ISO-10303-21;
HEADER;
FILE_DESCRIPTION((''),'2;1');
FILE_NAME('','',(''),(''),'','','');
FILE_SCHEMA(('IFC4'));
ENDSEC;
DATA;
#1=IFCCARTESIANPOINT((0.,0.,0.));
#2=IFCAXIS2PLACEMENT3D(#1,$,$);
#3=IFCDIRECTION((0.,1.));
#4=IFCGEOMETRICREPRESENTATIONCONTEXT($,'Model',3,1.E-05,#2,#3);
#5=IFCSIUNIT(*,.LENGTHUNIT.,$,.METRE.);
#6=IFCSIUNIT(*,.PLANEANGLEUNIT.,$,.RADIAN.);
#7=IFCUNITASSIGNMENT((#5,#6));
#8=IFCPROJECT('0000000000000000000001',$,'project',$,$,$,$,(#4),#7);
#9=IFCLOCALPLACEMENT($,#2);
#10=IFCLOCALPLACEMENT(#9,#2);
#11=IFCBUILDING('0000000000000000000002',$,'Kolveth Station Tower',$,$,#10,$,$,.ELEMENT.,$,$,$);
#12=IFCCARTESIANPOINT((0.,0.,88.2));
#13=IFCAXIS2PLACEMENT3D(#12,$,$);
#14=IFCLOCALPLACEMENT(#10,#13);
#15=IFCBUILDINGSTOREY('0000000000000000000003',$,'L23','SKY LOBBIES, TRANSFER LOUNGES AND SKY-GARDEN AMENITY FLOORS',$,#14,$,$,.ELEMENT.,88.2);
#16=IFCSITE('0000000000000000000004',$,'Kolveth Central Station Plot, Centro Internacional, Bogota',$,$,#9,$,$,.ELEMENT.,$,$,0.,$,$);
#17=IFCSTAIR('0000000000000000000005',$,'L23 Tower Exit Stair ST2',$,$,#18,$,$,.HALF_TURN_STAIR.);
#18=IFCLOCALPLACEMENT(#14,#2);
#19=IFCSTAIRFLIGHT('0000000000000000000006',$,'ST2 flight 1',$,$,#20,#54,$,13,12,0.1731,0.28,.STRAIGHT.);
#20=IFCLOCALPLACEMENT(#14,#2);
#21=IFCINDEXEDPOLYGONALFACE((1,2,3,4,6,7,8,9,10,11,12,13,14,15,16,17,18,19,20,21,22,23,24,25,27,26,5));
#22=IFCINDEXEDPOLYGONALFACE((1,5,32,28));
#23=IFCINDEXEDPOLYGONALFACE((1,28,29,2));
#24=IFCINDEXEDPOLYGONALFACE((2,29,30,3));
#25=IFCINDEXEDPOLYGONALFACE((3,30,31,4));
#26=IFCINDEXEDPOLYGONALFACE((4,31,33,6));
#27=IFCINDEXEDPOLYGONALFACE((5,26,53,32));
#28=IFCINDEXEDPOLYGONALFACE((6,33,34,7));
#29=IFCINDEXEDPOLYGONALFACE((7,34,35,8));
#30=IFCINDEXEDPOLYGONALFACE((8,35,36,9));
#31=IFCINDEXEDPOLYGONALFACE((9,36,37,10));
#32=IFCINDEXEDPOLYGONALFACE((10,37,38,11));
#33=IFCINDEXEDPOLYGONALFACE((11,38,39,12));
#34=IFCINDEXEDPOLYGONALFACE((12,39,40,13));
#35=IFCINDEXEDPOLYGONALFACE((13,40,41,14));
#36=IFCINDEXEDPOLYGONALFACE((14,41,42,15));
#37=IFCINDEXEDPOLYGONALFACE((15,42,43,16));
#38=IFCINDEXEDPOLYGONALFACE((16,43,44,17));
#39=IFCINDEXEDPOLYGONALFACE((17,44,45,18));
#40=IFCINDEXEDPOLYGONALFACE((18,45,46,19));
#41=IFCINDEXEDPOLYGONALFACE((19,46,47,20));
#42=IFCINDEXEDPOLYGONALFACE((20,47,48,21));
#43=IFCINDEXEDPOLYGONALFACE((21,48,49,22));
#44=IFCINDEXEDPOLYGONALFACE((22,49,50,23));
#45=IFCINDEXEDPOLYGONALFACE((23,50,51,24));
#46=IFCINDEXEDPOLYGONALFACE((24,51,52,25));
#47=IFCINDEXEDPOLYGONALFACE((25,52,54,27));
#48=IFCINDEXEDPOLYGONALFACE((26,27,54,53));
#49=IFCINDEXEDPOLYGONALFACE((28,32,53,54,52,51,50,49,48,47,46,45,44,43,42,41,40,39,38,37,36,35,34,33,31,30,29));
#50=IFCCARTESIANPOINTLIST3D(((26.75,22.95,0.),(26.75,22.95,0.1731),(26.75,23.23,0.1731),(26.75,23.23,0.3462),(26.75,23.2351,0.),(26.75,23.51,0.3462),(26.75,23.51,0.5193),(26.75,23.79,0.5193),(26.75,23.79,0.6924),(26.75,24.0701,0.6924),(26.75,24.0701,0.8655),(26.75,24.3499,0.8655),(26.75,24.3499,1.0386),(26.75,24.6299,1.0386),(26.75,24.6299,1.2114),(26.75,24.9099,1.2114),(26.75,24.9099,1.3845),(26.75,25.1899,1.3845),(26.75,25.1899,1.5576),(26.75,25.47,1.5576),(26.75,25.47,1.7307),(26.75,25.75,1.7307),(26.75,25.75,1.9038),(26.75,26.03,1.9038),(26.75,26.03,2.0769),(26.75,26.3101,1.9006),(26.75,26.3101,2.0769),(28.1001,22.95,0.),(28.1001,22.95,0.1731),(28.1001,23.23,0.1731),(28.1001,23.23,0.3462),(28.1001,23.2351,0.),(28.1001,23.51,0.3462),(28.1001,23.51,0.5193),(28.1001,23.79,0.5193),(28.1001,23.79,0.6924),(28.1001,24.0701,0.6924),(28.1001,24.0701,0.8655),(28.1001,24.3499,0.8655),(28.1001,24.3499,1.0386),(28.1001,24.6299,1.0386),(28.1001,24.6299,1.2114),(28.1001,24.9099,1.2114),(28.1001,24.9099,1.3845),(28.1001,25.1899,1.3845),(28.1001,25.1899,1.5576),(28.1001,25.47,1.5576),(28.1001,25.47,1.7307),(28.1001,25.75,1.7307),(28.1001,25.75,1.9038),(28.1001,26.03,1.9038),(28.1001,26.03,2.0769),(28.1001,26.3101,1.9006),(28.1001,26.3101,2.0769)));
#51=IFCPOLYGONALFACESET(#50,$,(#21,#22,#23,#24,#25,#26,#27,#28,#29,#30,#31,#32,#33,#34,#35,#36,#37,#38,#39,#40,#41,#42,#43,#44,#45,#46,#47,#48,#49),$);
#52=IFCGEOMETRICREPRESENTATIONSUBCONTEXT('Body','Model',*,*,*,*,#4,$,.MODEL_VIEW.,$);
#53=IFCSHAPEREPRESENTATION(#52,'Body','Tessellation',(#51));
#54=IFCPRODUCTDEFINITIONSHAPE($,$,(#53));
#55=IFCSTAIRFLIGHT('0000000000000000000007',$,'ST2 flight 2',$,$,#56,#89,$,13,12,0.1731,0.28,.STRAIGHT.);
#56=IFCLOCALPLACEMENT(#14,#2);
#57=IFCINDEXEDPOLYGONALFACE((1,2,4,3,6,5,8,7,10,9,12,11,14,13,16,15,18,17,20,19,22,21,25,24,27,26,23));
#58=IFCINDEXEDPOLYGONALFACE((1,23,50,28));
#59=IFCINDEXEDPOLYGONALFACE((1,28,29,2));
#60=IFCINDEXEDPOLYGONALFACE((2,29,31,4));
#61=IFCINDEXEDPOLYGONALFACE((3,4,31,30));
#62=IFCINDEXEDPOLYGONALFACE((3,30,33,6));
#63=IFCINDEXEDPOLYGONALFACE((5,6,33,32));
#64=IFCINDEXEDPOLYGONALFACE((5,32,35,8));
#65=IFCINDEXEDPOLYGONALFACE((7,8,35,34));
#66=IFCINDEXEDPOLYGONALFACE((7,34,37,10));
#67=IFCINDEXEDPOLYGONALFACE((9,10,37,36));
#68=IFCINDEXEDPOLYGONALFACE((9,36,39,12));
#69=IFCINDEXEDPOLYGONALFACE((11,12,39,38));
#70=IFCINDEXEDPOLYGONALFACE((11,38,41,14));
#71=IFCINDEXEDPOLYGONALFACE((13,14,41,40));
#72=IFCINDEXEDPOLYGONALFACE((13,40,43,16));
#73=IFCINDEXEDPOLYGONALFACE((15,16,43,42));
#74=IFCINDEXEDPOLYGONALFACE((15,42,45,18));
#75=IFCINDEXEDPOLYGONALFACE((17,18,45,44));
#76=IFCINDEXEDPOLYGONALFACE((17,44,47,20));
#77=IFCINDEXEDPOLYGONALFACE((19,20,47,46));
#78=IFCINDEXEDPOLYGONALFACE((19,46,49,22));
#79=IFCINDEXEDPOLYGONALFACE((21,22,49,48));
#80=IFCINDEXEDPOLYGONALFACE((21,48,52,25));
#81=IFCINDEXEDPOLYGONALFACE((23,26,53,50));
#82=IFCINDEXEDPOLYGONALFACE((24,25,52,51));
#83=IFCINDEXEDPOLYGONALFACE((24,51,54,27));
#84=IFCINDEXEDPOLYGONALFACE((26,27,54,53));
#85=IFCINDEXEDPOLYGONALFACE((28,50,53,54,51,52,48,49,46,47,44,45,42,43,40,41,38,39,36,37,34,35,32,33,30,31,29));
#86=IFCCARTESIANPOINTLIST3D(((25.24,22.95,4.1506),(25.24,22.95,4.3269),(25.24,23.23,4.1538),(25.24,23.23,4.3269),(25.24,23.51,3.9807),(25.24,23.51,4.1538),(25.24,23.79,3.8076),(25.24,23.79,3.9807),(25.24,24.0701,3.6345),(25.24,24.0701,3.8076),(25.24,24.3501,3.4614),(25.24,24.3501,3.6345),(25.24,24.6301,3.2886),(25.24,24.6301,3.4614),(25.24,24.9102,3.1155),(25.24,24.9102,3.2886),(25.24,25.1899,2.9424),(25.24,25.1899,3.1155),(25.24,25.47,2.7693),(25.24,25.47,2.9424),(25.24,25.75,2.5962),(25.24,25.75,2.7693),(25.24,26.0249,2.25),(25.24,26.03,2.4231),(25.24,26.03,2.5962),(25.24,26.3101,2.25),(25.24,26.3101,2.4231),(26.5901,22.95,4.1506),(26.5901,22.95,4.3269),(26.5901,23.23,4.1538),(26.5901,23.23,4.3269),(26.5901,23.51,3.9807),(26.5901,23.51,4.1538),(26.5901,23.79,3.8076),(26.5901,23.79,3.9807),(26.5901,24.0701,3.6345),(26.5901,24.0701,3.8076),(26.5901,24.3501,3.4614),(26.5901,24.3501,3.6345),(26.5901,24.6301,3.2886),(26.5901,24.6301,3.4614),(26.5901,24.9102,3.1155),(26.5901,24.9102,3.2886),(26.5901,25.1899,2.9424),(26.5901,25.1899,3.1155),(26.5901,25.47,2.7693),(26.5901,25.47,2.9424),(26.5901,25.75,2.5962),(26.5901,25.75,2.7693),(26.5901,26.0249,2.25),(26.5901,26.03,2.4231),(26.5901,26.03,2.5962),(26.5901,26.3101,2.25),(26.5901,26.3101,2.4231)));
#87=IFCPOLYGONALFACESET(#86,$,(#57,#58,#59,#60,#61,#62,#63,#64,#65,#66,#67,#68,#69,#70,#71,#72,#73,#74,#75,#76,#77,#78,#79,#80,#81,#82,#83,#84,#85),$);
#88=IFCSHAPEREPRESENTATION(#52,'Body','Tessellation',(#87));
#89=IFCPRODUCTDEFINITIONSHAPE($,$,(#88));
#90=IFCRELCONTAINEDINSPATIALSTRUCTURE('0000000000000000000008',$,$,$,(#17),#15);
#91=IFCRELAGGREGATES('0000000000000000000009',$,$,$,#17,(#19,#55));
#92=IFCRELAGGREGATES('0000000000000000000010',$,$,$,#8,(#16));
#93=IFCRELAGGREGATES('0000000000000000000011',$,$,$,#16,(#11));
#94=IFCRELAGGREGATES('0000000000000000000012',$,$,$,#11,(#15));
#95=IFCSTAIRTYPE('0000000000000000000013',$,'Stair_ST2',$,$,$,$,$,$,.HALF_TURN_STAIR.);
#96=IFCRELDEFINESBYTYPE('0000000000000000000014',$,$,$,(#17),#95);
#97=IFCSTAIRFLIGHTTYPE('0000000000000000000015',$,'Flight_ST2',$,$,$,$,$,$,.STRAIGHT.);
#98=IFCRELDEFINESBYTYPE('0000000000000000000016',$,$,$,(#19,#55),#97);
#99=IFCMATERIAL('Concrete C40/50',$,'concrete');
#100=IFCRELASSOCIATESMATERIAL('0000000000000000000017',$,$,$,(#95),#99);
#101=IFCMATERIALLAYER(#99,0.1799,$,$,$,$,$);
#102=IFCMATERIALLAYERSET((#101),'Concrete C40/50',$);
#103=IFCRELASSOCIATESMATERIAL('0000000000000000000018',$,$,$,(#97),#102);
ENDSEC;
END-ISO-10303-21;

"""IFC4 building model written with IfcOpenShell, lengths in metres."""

from ifc_helpers import new_model, si_unit, direction, frame, origin, place, context, subcontext, project, spatial, polyline, outline, extrude, material, layer, layer_set, type_object, element, aggregate, save


model = new_model("IFC4")

# Units and contexts
model_context = context("Model", 3, precision=1e-05, world=origin(), true_north=direction((0.0, 1.0)))
body_context = subcontext(model_context, "Body", "Model", "MODEL_VIEW")
ifc_project = project(units=[si_unit("LENGTHUNIT", "METRE"), si_unit("PLANEANGLEUNIT", "RADIAN")], contexts=[model_context])

# Site, building, storey
site_placement = place(None, origin())
site = spatial("IfcSite", under=ifc_project, at=site_placement, Name="Kolveth Central Station Plot, Centro Internacional, Bogota", CompositionType="ELEMENT", RefElevation=0.0)
building_placement = place(site_placement, origin())
building = spatial("IfcBuilding", under=site, at=building_placement, Name="Kolveth Station Tower", CompositionType="ELEMENT")
storey_placement = place(building_placement, frame((0.0, 0.0, 88.2)))
storey = spatial("IfcBuildingStorey", under=building, at=storey_placement, Name="L23", Description="SKY LOBBIES, TRANSFER LOUNGES AND SKY-GARDEN AMENITY FLOORS", CompositionType="ELEMENT", Elevation=88.2)

# Shared definitions
ifc_material_1 = material(Name="Concrete C40/50", Category="concrete")

# Stair, stair flights
stair_type_1 = type_object("IfcStairType", Name="Stair_ST2", PredefinedType="HALF_TURN_STAIR", material=ifc_material_1)
stair_1_placement = place(storey_placement, origin())
stair_1 = element("IfcStair", 1, at=stair_1_placement, inside=storey, type_object=stair_type_1, Name="L23 Tower Exit Stair ST2", PredefinedType="HALF_TURN_STAIR")
ifc_layer_1 = layer(ifc_material_1, 0.1799)
ifc_layer_set_1 = layer_set([ifc_layer_1], Name="Concrete C40/50")
stair_flight_type_1 = type_object("IfcStairFlightType", Name="Flight_ST2", PredefinedType="STRAIGHT", material=ifc_layer_set_1)
stair_flight_1_placement = place(storey_placement, frame((27.425, 22.95, 0.0), z_axis=(0.0, 0.0, 1.0), x_axis=(0.0, 1.0, 0.0)))
stair_flight_1 = element("IfcStairFlight", 2, at=stair_flight_1_placement, type_object=stair_flight_type_1, Name="ST2 flight 1", NumberOfRisers=13, NumberOfTreads=12, PredefinedType="STRAIGHT", RiserHeight=0.1731, TreadLength=0.28, context=body_context, shape_type="SweptSolid", body=[
    extrude(outline(polyline([(0.0, 0.0), (0.0, 0.1731), (0.28, 0.1731), (0.28, 0.3462), (0.5601, 0.3462), (0.5601, 0.5193), (0.8401, 0.5193), (0.8401, 0.6924), (1.1201, 0.6924), (1.1201, 0.8655), (1.3999, 0.8655), (1.3999, 1.0386), (1.6799, 1.0386), (1.6799, 1.2114), (1.96, 1.2114), (1.96, 1.3845), (2.24, 1.3845), (2.24, 1.5576), (2.52, 1.5576), (2.52, 1.7307), (2.8, 1.7307), (2.8, 1.9038), (3.0801, 1.9038), (3.0801, 2.0769), (3.3601, 2.0769), (3.3601, 2.25), (3.3601, 1.9006), (0.2852, 0.0), (0.0, 0.0)])), frame((0.0, 0.675, 0.0), z_axis=(0.0, -1.0, 0.0), x_axis=(1.0, 0.0, 0.0)), (0.0, 0.0, 1.0), 1.3501),
])
stair_flight_2_placement = place(storey_placement, frame((25.915, 26.3101, 2.25), z_axis=(0.0, 0.0, 1.0), x_axis=(0.0, -1.0, 0.0)))
stair_flight_2 = element("IfcStairFlight", 3, at=stair_flight_2_placement, type_object=stair_flight_type_1, Name="ST2 flight 2", NumberOfRisers=13, NumberOfTreads=12, PredefinedType="STRAIGHT", RiserHeight=0.1731, TreadLength=0.28, context=body_context, shape_type="SweptSolid", body=[
    extrude(outline(polyline([(0.0, 0.0), (0.0, 0.1731), (0.28, 0.1731), (0.28, 0.3462), (0.5601, 0.3462), (0.5601, 0.5193), (0.8401, 0.5193), (0.8401, 0.6924), (1.1201, 0.6924), (1.1201, 0.8655), (1.3999, 0.8655), (1.3999, 1.0386), (1.6799, 1.0386), (1.6799, 1.2114), (1.96, 1.2114), (1.96, 1.3845), (2.24, 1.3845), (2.24, 1.5576), (2.52, 1.5576), (2.52, 1.7307), (2.8, 1.7307), (2.8, 1.9038), (3.0801, 1.9038), (3.0801, 2.0769), (3.3601, 2.0769), (3.3601, 2.25), (3.3601, 1.9006), (0.2852, 0.0), (0.0, 0.0)])), frame((0.0, 0.675, 0.0), z_axis=(0.0, -1.0, 0.0), x_axis=(1.0, 0.0, 0.0)), (0.0, 0.0, 1.0), 1.3501),
])
aggregate(stair_1, [stair_flight_1, stair_flight_2])

save(model, "model.ifc")
